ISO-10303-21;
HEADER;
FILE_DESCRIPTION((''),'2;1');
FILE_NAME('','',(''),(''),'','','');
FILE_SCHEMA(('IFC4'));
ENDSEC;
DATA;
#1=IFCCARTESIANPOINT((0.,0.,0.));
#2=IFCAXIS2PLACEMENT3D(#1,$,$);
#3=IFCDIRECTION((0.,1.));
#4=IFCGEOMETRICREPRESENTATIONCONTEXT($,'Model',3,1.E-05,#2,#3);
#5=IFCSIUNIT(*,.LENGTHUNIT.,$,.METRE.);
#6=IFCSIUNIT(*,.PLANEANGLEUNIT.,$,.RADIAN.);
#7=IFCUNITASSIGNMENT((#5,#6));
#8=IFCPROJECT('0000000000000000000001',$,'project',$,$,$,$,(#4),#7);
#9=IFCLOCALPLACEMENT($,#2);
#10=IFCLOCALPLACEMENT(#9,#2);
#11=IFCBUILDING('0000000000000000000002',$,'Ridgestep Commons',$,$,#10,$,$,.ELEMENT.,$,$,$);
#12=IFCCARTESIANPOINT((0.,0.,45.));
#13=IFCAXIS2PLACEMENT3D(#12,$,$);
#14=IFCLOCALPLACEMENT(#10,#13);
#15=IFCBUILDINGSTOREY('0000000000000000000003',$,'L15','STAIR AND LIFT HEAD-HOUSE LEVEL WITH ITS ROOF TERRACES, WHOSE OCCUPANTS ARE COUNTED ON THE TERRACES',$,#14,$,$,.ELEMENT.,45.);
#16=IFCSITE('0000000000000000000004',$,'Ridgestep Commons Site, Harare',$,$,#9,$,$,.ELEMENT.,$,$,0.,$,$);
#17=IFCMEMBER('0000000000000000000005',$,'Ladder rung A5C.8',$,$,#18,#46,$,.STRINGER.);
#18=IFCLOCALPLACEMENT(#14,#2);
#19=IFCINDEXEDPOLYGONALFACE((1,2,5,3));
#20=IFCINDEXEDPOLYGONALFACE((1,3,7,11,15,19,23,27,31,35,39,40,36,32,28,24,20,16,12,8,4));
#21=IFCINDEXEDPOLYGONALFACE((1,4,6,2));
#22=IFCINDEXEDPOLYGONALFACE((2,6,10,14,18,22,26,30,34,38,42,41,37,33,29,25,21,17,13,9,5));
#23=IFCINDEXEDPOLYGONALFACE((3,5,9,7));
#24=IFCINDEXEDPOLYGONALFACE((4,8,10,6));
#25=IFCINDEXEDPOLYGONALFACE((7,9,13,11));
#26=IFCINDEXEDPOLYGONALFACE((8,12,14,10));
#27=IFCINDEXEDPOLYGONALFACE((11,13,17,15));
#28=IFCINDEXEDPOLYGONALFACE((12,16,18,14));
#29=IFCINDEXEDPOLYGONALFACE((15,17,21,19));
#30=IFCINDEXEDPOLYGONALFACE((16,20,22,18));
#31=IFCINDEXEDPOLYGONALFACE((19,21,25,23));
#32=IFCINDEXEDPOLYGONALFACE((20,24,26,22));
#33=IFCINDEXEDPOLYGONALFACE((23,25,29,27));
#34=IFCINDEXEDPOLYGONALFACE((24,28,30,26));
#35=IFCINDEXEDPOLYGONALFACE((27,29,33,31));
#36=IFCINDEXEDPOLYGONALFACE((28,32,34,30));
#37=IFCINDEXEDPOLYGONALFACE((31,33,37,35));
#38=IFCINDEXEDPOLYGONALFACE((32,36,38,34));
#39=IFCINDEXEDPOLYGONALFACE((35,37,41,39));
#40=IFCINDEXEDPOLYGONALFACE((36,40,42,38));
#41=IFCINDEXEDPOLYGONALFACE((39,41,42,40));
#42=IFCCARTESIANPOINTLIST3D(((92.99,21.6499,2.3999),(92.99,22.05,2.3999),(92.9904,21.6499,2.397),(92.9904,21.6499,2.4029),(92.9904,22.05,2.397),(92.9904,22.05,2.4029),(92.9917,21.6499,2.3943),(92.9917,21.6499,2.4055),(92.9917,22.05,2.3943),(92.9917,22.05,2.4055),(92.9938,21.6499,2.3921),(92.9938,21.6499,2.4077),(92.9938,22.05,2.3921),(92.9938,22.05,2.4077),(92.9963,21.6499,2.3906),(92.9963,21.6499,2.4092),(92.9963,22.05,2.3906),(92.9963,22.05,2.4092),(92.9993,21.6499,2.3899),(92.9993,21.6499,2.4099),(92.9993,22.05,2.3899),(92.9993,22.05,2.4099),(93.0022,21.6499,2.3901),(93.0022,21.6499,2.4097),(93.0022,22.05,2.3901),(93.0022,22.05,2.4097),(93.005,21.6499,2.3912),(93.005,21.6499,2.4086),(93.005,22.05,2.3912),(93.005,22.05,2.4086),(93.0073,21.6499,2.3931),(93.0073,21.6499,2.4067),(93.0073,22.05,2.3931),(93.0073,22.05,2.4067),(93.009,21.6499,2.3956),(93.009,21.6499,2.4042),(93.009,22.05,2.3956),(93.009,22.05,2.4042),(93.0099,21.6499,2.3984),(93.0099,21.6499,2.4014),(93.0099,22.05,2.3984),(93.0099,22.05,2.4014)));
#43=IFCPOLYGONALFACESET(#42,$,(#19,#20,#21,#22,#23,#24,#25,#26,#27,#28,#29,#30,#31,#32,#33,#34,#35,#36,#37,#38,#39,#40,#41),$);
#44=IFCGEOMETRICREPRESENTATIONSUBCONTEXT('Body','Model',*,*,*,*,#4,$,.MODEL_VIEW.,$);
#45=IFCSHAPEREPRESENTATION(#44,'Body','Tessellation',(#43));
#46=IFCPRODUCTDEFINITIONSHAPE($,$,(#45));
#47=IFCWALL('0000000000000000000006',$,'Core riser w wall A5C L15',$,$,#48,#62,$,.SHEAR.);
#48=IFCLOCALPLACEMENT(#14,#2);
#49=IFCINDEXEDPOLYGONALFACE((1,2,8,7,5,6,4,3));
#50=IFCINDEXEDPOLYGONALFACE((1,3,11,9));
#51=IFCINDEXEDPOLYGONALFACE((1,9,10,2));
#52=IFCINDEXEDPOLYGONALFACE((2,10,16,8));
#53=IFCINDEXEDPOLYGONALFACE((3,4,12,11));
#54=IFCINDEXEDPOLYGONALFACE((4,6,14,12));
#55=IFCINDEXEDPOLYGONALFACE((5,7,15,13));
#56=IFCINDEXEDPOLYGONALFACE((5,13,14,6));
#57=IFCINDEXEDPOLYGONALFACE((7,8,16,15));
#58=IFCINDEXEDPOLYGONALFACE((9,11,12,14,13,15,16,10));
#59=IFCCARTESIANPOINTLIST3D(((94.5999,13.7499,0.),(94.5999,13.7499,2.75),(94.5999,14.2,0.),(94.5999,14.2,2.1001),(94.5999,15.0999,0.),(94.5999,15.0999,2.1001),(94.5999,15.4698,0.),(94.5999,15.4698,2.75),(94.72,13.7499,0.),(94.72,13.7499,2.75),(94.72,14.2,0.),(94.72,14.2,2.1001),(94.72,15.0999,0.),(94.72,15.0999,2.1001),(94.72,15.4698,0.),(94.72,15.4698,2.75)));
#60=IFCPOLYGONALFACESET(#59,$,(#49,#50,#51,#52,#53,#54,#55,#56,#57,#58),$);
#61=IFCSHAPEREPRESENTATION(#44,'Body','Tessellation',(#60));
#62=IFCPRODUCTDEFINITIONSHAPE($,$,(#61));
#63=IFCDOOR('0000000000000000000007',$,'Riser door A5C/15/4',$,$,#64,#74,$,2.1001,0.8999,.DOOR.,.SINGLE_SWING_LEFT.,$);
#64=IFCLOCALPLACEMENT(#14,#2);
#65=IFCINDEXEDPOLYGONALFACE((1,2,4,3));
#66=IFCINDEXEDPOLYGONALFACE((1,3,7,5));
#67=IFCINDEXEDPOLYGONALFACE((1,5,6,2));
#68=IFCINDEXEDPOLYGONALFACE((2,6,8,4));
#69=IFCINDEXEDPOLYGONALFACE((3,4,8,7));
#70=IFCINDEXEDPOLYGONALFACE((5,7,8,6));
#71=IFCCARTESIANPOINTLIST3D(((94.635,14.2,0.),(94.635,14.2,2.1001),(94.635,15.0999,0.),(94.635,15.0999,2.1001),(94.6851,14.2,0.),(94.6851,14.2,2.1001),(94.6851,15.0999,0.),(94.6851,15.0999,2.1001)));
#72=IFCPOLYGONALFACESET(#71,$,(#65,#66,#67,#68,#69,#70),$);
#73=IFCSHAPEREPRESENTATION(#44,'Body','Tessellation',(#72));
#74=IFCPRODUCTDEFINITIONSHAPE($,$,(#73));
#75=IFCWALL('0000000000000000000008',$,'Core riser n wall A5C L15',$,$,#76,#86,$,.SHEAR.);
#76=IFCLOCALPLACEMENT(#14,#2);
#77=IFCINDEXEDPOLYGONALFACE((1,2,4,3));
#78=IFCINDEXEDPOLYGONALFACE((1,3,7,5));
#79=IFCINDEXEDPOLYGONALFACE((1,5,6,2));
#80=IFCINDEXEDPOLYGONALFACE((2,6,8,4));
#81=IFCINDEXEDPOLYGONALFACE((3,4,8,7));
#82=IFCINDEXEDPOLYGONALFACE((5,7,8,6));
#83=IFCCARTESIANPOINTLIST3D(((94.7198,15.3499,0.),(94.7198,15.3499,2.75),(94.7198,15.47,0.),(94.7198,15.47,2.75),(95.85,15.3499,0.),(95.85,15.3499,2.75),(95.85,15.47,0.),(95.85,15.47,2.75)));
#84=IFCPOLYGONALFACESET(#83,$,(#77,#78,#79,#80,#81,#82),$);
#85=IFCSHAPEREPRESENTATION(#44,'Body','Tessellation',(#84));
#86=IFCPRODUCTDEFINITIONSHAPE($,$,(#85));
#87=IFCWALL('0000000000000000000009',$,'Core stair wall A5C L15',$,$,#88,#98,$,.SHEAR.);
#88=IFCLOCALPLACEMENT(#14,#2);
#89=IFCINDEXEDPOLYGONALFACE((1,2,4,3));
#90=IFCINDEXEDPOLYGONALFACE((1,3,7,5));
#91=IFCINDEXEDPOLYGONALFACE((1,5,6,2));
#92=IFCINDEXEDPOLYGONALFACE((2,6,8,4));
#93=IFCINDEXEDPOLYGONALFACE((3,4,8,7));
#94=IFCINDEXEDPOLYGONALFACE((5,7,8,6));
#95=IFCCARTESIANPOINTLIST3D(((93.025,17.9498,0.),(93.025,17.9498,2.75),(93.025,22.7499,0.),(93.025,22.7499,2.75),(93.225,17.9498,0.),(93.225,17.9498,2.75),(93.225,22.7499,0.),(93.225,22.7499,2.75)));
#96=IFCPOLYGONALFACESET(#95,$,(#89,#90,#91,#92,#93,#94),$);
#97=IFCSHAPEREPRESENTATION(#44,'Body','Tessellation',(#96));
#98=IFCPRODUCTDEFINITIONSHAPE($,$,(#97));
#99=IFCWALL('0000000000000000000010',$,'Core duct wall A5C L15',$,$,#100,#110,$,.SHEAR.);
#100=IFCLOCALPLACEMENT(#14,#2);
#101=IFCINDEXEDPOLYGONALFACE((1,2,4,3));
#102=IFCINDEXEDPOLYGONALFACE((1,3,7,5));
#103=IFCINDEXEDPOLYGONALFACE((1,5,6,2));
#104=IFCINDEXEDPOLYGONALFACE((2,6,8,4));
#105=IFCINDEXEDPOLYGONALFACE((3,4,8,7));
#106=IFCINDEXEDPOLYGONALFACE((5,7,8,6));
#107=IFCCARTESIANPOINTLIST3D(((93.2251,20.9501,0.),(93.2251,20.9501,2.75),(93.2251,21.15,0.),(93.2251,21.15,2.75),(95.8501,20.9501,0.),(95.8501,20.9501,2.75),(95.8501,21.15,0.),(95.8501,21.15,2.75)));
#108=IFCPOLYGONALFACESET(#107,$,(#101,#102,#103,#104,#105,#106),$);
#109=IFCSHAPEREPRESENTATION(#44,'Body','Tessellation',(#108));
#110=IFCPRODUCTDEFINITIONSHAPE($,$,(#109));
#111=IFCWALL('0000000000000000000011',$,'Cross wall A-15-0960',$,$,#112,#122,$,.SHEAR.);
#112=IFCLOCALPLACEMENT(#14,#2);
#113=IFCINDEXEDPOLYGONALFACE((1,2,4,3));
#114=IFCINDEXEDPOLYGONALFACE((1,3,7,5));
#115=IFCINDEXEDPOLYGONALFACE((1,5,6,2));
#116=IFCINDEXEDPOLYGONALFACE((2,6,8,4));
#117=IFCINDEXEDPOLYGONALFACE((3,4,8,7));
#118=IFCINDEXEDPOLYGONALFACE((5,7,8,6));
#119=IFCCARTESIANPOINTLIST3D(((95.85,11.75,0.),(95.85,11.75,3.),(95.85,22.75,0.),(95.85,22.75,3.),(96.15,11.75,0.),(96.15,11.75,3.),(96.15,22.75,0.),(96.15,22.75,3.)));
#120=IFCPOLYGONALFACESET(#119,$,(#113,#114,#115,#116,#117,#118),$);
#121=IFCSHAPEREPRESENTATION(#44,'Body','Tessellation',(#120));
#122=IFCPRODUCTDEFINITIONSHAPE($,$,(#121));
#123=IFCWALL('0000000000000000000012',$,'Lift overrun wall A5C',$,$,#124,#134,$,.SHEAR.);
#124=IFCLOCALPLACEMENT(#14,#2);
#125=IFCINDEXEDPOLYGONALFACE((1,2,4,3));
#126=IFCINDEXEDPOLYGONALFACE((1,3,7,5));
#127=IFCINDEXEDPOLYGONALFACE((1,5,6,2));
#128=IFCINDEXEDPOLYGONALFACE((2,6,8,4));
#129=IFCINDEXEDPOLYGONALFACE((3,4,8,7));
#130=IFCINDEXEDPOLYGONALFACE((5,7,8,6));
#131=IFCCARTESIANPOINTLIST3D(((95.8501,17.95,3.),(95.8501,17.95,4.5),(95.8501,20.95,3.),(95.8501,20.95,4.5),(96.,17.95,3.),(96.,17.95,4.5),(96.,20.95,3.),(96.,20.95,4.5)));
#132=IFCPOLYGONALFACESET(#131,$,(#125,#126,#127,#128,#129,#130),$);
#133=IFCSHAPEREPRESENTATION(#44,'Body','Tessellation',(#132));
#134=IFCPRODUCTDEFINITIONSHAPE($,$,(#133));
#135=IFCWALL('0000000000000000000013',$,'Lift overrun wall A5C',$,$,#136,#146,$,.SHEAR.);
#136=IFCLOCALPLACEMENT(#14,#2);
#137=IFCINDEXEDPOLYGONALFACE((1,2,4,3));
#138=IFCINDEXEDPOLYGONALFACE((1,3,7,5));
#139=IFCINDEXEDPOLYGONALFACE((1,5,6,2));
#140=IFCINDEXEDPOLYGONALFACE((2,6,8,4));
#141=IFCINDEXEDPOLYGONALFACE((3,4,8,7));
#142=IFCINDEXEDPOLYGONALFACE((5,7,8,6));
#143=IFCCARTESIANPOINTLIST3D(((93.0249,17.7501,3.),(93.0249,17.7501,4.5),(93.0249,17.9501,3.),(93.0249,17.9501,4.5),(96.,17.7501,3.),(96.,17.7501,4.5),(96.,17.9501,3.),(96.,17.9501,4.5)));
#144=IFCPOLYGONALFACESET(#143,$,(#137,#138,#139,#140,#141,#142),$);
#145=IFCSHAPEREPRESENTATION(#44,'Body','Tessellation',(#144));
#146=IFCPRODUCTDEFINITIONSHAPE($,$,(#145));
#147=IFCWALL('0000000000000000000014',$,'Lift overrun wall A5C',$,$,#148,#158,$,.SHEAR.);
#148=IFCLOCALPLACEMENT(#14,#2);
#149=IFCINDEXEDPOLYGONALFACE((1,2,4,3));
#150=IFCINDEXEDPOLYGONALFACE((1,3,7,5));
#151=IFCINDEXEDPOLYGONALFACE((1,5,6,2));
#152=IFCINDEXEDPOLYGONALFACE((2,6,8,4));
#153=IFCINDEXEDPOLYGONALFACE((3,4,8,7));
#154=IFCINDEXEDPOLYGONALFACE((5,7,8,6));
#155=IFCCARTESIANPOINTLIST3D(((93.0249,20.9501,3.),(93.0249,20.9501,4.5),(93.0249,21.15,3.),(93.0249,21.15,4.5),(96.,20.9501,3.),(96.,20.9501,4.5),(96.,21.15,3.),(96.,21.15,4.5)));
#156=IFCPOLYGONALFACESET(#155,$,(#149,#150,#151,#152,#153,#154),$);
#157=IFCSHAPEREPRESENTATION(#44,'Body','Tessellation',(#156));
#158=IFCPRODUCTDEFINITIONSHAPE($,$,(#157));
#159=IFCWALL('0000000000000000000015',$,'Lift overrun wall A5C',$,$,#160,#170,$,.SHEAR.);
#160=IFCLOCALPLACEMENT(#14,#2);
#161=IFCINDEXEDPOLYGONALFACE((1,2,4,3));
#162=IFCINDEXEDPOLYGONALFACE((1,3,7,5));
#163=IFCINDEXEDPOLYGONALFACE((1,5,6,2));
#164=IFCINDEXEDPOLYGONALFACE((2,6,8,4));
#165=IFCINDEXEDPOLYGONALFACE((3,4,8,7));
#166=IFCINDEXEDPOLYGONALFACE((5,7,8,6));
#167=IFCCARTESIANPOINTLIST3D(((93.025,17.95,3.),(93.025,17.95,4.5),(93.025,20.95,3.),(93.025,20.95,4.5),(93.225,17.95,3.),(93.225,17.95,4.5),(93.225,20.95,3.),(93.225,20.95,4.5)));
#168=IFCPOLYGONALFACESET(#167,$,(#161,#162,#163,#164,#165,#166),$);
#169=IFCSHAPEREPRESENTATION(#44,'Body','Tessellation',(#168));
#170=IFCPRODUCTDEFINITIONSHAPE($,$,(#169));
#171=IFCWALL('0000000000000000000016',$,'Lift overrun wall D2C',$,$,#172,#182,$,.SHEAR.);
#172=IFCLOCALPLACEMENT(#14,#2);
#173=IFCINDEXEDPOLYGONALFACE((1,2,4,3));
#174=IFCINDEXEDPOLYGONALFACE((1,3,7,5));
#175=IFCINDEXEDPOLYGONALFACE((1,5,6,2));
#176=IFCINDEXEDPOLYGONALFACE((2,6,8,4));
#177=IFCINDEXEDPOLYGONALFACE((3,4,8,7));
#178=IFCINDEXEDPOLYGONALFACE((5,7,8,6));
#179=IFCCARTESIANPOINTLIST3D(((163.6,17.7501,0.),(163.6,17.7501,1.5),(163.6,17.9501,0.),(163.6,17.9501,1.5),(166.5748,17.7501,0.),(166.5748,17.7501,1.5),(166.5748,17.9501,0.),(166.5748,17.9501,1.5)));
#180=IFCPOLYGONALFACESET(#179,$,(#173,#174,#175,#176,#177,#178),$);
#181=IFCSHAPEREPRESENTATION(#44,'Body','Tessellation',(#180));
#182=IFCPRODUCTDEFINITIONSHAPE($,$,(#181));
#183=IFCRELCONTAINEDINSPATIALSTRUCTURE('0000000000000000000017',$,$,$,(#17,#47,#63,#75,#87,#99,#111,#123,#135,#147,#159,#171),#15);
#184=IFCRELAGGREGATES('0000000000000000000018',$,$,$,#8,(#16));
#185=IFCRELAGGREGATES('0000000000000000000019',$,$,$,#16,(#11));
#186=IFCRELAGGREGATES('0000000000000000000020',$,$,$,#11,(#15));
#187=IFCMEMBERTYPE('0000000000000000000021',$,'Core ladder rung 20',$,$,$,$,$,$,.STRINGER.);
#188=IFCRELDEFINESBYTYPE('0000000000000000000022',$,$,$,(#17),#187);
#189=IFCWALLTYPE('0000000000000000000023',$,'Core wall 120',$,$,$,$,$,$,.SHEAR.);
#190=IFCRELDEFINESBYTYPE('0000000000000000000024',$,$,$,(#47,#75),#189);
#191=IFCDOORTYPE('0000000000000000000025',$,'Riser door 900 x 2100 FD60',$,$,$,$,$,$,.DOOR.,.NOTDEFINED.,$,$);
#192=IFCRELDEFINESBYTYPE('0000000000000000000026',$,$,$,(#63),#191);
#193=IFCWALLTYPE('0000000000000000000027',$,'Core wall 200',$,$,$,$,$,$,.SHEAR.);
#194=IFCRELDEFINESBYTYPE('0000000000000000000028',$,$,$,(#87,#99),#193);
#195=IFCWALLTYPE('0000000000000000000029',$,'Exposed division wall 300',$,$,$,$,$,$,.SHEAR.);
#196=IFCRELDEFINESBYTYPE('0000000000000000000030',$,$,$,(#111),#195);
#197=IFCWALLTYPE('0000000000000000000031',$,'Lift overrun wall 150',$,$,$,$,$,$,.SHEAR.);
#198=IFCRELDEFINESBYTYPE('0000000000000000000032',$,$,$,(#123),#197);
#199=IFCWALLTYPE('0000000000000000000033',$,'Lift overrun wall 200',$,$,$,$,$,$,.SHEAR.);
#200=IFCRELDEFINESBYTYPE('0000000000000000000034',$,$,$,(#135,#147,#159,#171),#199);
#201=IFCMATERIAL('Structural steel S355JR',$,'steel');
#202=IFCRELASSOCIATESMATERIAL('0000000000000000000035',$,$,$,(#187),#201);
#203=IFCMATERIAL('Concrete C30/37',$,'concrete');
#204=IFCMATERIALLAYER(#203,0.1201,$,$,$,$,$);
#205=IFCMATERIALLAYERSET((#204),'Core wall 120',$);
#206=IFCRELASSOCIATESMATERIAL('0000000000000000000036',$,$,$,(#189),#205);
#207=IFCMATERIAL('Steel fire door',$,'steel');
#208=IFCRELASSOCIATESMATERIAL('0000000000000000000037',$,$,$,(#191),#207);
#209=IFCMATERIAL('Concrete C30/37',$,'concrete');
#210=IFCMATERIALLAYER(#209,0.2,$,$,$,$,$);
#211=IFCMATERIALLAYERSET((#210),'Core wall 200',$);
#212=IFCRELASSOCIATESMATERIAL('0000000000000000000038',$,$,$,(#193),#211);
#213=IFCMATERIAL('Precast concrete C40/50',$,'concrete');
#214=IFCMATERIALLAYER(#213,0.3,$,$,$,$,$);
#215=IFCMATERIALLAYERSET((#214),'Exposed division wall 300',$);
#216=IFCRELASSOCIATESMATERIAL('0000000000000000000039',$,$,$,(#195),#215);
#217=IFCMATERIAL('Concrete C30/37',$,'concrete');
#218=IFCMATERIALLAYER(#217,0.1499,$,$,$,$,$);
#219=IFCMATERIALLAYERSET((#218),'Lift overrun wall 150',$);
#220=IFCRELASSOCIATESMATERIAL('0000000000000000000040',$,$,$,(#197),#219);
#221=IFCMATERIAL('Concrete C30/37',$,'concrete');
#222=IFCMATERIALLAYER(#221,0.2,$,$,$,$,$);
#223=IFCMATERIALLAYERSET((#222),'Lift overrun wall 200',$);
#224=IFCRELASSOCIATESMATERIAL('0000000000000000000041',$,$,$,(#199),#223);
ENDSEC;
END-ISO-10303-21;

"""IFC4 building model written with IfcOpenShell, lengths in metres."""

from ifc_helpers import new_model, si_unit, direction, frame, frame_2d, origin, origin_2d, place, context, subcontext, project, spatial, rectangle, circle, extrude, material, layer, layer_set, material_profile, profile_set, type_object, element, fill, save


model = new_model("IFC4")

# Units and contexts
model_context = context("Model", 3, precision=1e-05, world=origin(), true_north=direction((0.0, 1.0)))
body_context = subcontext(model_context, "Body", "Model", "MODEL_VIEW")
ifc_project = project(units=[si_unit("LENGTHUNIT", "METRE"), si_unit("PLANEANGLEUNIT", "RADIAN")], contexts=[model_context])

# Site, building, storey
site_placement = place(None, origin())
site = spatial("IfcSite", under=ifc_project, at=site_placement, Name="Ridgestep Commons Site, Harare", CompositionType="ELEMENT", RefElevation=0.0)
building_placement = place(site_placement, origin())
building = spatial("IfcBuilding", under=site, at=building_placement, Name="Ridgestep Commons", CompositionType="ELEMENT")
storey_placement = place(building_placement, frame((0.0, 0.0, 45.0)))
storey = spatial("IfcBuildingStorey", under=building, at=storey_placement, Name="L15", Description="STAIR AND LIFT HEAD-HOUSE LEVEL WITH ITS ROOF TERRACES, WHOSE OCCUPANTS ARE COUNTED ON THE TERRACES", CompositionType="ELEMENT", Elevation=45.0)

# Member
ifc_material_1 = material(Name="Structural steel S355JR", Category="steel")
ifc_material_profile_1 = material_profile(ifc_material_1, circle(Radius=0.01, at=origin_2d()), Name="Round bar 20")
ifc_profile_set_1 = profile_set([ifc_material_profile_1], Name="Structural steel S355JR")
member_type_1 = type_object("IfcMemberType", Name="Core ladder rung 20", PredefinedType="STRINGER", material=ifc_profile_set_1)
for number, where, z_axis, x_axis, name in (
    (1, (93.0, 21.6499, 2.3999), (0.0, 1.0, 0.0), (-1.0, 0.0, 0.0), "Ladder rung A5C.8"),
):
    element("IfcMember", number, at=place(storey_placement, frame(where, z_axis=z_axis, x_axis=x_axis)), inside=storey, type_object=member_type_1, Name=name, PredefinedType="STRINGER", context=body_context, shape_type="SweptSolid", body=[
        extrude(circle(Radius=0.01, at=origin_2d()), origin(), (0.0, 0.0, 1.0), 0.4001),
    ])

# Wall, opening, door
ifc_material_2 = material(Name="Concrete C30/37", Category="concrete")
ifc_layer_1 = layer(ifc_material_2, 0.1201)
ifc_layer_set_1 = layer_set([ifc_layer_1], Name="Core wall 120")
wall_type_1 = type_object("IfcWallType", Name="Core wall 120", PredefinedType="SHEAR", material=ifc_layer_set_1)
wall_1_placement = place(storey_placement, frame((94.6599, 13.75, 0.0), z_axis=(0.0, 0.0, 1.0), x_axis=(0.0, 1.0, 0.0)))
wall_1 = element("IfcWall", 2, at=wall_1_placement, inside=storey, type_object=wall_type_1, Name="Core riser w wall A5C L15", PredefinedType="SHEAR", context=body_context, shape_type="SweptSolid", body=[
    extrude(rectangle(XDim=1.72, YDim=0.1201, at=frame_2d((0.8599, 0.0))), origin(), (0.0, 0.0, 1.0), 2.75),
])
opening_placement = place(wall_1_placement, frame((0.45, 0.0, 0.0)))
opening = element("IfcOpeningElement", 3, at=opening_placement, cuts=wall_1, PredefinedType="OPENING", context=body_context, shape_type="SweptSolid", body=[
    extrude(rectangle(XDim=0.8999, YDim=2.1001, at=frame_2d((0.45, 1.05))), frame((0.0, 0.0701, 0.0), z_axis=(0.0, -1.0, 0.0), x_axis=(1.0, 0.0, 0.0)), (0.0, 0.0, 1.0), 0.1401),
])
ifc_material_3 = material(Name="Steel fire door", Category="steel")
door_type = type_object("IfcDoorType", Name="Riser door 900 x 2100 FD60", OperationType="NOTDEFINED", PredefinedType="DOOR", material=ifc_material_3)
door_placement = place(opening_placement, origin())
door = element("IfcDoor", 4, at=door_placement, inside=storey, type_object=door_type, Name="Riser door A5C/15/4", OperationType="SINGLE_SWING_LEFT", OverallHeight=2.1001, OverallWidth=0.8999, PredefinedType="DOOR", context=body_context, shape_type="SweptSolid", body=[
    extrude(rectangle(XDim=0.8999, YDim=2.1001, at=frame_2d((0.45, 1.05))), frame((0.0, 0.0249, 0.0), z_axis=(0.0, -1.0, 0.0), x_axis=(1.0, 0.0, 0.0)), (0.0, 0.0, 1.0), 0.05),
])
fill(opening, door)

# Walls
wall_2_placement = place(storey_placement, frame((94.72, 15.4099, 0.0), z_axis=(0.0, 0.0, 1.0), x_axis=(1.0, 0.0, 0.0)))
element("IfcWall", 5, at=wall_2_placement, inside=storey, type_object=wall_type_1, Name="Core riser n wall A5C L15", PredefinedType="SHEAR", context=body_context, shape_type="SweptSolid", body=[
    extrude(rectangle(XDim=1.1301, YDim=0.1201, at=frame_2d((0.5649, 0.0))), origin(), (0.0, 0.0, 1.0), 2.75),
])
ifc_material_4 = material(Name="Concrete C30/37", Category="concrete")
ifc_layer_2 = layer(ifc_material_4, 0.2)
ifc_layer_set_2 = layer_set([ifc_layer_2], Name="Core wall 200")
wall_type_2 = type_object("IfcWallType", Name="Core wall 200", PredefinedType="SHEAR", material=ifc_layer_set_2)
wall_3_placement = place(storey_placement, frame((93.125, 17.95, 0.0), z_axis=(0.0, 0.0, 1.0), x_axis=(0.0, 1.0, 0.0)))
element("IfcWall", 6, at=wall_3_placement, inside=storey, type_object=wall_type_2, Name="Core stair wall A5C L15", PredefinedType="SHEAR", context=body_context, shape_type="SweptSolid", body=[
    extrude(rectangle(XDim=4.8, YDim=0.2, at=frame_2d((2.3999, 0.0))), origin(), (0.0, 0.0, 1.0), 2.75),
])
wall_4_placement = place(storey_placement, frame((93.2251, 21.05, 0.0), z_axis=(0.0, 0.0, 1.0), x_axis=(1.0, 0.0, 0.0)))
element("IfcWall", 7, at=wall_4_placement, inside=storey, type_object=wall_type_2, Name="Core duct wall A5C L15", PredefinedType="SHEAR", context=body_context, shape_type="SweptSolid", body=[
    extrude(rectangle(XDim=2.625, YDim=0.2, at=frame_2d((1.3125, 0.0))), origin(), (0.0, 0.0, 1.0), 2.75),
])
ifc_material_5 = material(Name="Precast concrete C40/50", Category="concrete")
ifc_layer_3 = layer(ifc_material_5, 0.3)
ifc_layer_set_3 = layer_set([ifc_layer_3], Name="Exposed division wall 300")
wall_type_3 = type_object("IfcWallType", Name="Exposed division wall 300", PredefinedType="SHEAR", material=ifc_layer_set_3)
wall_5_placement = place(storey_placement, frame((96.0, 11.75, 0.0), z_axis=(0.0, 0.0, 1.0), x_axis=(0.0, 1.0, 0.0)))
element("IfcWall", 8, at=wall_5_placement, inside=storey, type_object=wall_type_3, Name="Cross wall A-15-0960", PredefinedType="SHEAR", context=body_context, shape_type="SweptSolid", body=[
    extrude(rectangle(XDim=11.0, YDim=0.3, at=frame_2d((5.5, 0.0))), origin(), (0.0, 0.0, 1.0), 3.0),
])
ifc_material_6 = material(Name="Concrete C30/37", Category="concrete")
ifc_layer_4 = layer(ifc_material_6, 0.1499)
ifc_layer_set_4 = layer_set([ifc_layer_4], Name="Lift overrun wall 150")
wall_type_4 = type_object("IfcWallType", Name="Lift overrun wall 150", PredefinedType="SHEAR", material=ifc_layer_set_4)
wall_6_placement = place(storey_placement, frame((95.925, 17.95, 3.0), z_axis=(0.0, 0.0, 1.0), x_axis=(0.0, 1.0, 0.0)))
element("IfcWall", 9, at=wall_6_placement, inside=storey, type_object=wall_type_4, Name="Lift overrun wall A5C", PredefinedType="SHEAR", context=body_context, shape_type="SweptSolid", body=[
    extrude(rectangle(XDim=3.0, YDim=0.1499, at=frame_2d((1.5, 0.0))), origin(), (0.0, 0.0, 1.0), 1.5),
])
ifc_material_7 = material(Name="Concrete C30/37", Category="concrete")
ifc_layer_5 = layer(ifc_material_7, 0.2)
ifc_layer_set_5 = layer_set([ifc_layer_5], Name="Lift overrun wall 200")
wall_type_5 = type_object("IfcWallType", Name="Lift overrun wall 200", PredefinedType="SHEAR", material=ifc_layer_set_5)
for number, where, z_axis, x_axis, name in (
    (10, (93.0249, 17.8501, 3.0), (0.0, 0.0, 1.0), (1.0, 0.0, 0.0), "Lift overrun wall A5C"),
    (11, (93.0249, 21.05, 3.0), (0.0, 0.0, 1.0), (1.0, 0.0, 0.0), "Lift overrun wall A5C"),
):
    element("IfcWall", number, at=place(storey_placement, frame(where, z_axis=z_axis, x_axis=x_axis)), inside=storey, type_object=wall_type_5, Name=name, PredefinedType="SHEAR", context=body_context, shape_type="SweptSolid", body=[
        extrude(rectangle(XDim=2.9751, YDim=0.2, at=frame_2d((1.4875, 0.0))), origin(), (0.0, 0.0, 1.0), 1.5),
    ])
wall_7_placement = place(storey_placement, frame((93.125, 17.95, 3.0), z_axis=(0.0, 0.0, 1.0), x_axis=(0.0, 1.0, 0.0)))
element("IfcWall", 12, at=wall_7_placement, inside=storey, type_object=wall_type_5, Name="Lift overrun wall A5C", PredefinedType="SHEAR", context=body_context, shape_type="SweptSolid", body=[
    extrude(rectangle(XDim=3.0, YDim=0.2, at=frame_2d((1.5, 0.0))), origin(), (0.0, 0.0, 1.0), 1.5),
])
for number, where, z_axis, x_axis, name in (
    (13, (163.6001, 17.8501, 0.0), (0.0, 0.0, 1.0), (1.0, 0.0, 0.0), "Lift overrun wall D2C"),
):
    element("IfcWall", number, at=place(storey_placement, frame(where, z_axis=z_axis, x_axis=x_axis)), inside=storey, type_object=wall_type_5, Name=name, PredefinedType="SHEAR", context=body_context, shape_type="SweptSolid", body=[
        extrude(rectangle(XDim=2.9749, YDim=0.2, at=frame_2d((1.4873, 0.0))), origin(), (0.0, 0.0, 1.0), 1.5),
    ])

save(model, "model.ifc")
